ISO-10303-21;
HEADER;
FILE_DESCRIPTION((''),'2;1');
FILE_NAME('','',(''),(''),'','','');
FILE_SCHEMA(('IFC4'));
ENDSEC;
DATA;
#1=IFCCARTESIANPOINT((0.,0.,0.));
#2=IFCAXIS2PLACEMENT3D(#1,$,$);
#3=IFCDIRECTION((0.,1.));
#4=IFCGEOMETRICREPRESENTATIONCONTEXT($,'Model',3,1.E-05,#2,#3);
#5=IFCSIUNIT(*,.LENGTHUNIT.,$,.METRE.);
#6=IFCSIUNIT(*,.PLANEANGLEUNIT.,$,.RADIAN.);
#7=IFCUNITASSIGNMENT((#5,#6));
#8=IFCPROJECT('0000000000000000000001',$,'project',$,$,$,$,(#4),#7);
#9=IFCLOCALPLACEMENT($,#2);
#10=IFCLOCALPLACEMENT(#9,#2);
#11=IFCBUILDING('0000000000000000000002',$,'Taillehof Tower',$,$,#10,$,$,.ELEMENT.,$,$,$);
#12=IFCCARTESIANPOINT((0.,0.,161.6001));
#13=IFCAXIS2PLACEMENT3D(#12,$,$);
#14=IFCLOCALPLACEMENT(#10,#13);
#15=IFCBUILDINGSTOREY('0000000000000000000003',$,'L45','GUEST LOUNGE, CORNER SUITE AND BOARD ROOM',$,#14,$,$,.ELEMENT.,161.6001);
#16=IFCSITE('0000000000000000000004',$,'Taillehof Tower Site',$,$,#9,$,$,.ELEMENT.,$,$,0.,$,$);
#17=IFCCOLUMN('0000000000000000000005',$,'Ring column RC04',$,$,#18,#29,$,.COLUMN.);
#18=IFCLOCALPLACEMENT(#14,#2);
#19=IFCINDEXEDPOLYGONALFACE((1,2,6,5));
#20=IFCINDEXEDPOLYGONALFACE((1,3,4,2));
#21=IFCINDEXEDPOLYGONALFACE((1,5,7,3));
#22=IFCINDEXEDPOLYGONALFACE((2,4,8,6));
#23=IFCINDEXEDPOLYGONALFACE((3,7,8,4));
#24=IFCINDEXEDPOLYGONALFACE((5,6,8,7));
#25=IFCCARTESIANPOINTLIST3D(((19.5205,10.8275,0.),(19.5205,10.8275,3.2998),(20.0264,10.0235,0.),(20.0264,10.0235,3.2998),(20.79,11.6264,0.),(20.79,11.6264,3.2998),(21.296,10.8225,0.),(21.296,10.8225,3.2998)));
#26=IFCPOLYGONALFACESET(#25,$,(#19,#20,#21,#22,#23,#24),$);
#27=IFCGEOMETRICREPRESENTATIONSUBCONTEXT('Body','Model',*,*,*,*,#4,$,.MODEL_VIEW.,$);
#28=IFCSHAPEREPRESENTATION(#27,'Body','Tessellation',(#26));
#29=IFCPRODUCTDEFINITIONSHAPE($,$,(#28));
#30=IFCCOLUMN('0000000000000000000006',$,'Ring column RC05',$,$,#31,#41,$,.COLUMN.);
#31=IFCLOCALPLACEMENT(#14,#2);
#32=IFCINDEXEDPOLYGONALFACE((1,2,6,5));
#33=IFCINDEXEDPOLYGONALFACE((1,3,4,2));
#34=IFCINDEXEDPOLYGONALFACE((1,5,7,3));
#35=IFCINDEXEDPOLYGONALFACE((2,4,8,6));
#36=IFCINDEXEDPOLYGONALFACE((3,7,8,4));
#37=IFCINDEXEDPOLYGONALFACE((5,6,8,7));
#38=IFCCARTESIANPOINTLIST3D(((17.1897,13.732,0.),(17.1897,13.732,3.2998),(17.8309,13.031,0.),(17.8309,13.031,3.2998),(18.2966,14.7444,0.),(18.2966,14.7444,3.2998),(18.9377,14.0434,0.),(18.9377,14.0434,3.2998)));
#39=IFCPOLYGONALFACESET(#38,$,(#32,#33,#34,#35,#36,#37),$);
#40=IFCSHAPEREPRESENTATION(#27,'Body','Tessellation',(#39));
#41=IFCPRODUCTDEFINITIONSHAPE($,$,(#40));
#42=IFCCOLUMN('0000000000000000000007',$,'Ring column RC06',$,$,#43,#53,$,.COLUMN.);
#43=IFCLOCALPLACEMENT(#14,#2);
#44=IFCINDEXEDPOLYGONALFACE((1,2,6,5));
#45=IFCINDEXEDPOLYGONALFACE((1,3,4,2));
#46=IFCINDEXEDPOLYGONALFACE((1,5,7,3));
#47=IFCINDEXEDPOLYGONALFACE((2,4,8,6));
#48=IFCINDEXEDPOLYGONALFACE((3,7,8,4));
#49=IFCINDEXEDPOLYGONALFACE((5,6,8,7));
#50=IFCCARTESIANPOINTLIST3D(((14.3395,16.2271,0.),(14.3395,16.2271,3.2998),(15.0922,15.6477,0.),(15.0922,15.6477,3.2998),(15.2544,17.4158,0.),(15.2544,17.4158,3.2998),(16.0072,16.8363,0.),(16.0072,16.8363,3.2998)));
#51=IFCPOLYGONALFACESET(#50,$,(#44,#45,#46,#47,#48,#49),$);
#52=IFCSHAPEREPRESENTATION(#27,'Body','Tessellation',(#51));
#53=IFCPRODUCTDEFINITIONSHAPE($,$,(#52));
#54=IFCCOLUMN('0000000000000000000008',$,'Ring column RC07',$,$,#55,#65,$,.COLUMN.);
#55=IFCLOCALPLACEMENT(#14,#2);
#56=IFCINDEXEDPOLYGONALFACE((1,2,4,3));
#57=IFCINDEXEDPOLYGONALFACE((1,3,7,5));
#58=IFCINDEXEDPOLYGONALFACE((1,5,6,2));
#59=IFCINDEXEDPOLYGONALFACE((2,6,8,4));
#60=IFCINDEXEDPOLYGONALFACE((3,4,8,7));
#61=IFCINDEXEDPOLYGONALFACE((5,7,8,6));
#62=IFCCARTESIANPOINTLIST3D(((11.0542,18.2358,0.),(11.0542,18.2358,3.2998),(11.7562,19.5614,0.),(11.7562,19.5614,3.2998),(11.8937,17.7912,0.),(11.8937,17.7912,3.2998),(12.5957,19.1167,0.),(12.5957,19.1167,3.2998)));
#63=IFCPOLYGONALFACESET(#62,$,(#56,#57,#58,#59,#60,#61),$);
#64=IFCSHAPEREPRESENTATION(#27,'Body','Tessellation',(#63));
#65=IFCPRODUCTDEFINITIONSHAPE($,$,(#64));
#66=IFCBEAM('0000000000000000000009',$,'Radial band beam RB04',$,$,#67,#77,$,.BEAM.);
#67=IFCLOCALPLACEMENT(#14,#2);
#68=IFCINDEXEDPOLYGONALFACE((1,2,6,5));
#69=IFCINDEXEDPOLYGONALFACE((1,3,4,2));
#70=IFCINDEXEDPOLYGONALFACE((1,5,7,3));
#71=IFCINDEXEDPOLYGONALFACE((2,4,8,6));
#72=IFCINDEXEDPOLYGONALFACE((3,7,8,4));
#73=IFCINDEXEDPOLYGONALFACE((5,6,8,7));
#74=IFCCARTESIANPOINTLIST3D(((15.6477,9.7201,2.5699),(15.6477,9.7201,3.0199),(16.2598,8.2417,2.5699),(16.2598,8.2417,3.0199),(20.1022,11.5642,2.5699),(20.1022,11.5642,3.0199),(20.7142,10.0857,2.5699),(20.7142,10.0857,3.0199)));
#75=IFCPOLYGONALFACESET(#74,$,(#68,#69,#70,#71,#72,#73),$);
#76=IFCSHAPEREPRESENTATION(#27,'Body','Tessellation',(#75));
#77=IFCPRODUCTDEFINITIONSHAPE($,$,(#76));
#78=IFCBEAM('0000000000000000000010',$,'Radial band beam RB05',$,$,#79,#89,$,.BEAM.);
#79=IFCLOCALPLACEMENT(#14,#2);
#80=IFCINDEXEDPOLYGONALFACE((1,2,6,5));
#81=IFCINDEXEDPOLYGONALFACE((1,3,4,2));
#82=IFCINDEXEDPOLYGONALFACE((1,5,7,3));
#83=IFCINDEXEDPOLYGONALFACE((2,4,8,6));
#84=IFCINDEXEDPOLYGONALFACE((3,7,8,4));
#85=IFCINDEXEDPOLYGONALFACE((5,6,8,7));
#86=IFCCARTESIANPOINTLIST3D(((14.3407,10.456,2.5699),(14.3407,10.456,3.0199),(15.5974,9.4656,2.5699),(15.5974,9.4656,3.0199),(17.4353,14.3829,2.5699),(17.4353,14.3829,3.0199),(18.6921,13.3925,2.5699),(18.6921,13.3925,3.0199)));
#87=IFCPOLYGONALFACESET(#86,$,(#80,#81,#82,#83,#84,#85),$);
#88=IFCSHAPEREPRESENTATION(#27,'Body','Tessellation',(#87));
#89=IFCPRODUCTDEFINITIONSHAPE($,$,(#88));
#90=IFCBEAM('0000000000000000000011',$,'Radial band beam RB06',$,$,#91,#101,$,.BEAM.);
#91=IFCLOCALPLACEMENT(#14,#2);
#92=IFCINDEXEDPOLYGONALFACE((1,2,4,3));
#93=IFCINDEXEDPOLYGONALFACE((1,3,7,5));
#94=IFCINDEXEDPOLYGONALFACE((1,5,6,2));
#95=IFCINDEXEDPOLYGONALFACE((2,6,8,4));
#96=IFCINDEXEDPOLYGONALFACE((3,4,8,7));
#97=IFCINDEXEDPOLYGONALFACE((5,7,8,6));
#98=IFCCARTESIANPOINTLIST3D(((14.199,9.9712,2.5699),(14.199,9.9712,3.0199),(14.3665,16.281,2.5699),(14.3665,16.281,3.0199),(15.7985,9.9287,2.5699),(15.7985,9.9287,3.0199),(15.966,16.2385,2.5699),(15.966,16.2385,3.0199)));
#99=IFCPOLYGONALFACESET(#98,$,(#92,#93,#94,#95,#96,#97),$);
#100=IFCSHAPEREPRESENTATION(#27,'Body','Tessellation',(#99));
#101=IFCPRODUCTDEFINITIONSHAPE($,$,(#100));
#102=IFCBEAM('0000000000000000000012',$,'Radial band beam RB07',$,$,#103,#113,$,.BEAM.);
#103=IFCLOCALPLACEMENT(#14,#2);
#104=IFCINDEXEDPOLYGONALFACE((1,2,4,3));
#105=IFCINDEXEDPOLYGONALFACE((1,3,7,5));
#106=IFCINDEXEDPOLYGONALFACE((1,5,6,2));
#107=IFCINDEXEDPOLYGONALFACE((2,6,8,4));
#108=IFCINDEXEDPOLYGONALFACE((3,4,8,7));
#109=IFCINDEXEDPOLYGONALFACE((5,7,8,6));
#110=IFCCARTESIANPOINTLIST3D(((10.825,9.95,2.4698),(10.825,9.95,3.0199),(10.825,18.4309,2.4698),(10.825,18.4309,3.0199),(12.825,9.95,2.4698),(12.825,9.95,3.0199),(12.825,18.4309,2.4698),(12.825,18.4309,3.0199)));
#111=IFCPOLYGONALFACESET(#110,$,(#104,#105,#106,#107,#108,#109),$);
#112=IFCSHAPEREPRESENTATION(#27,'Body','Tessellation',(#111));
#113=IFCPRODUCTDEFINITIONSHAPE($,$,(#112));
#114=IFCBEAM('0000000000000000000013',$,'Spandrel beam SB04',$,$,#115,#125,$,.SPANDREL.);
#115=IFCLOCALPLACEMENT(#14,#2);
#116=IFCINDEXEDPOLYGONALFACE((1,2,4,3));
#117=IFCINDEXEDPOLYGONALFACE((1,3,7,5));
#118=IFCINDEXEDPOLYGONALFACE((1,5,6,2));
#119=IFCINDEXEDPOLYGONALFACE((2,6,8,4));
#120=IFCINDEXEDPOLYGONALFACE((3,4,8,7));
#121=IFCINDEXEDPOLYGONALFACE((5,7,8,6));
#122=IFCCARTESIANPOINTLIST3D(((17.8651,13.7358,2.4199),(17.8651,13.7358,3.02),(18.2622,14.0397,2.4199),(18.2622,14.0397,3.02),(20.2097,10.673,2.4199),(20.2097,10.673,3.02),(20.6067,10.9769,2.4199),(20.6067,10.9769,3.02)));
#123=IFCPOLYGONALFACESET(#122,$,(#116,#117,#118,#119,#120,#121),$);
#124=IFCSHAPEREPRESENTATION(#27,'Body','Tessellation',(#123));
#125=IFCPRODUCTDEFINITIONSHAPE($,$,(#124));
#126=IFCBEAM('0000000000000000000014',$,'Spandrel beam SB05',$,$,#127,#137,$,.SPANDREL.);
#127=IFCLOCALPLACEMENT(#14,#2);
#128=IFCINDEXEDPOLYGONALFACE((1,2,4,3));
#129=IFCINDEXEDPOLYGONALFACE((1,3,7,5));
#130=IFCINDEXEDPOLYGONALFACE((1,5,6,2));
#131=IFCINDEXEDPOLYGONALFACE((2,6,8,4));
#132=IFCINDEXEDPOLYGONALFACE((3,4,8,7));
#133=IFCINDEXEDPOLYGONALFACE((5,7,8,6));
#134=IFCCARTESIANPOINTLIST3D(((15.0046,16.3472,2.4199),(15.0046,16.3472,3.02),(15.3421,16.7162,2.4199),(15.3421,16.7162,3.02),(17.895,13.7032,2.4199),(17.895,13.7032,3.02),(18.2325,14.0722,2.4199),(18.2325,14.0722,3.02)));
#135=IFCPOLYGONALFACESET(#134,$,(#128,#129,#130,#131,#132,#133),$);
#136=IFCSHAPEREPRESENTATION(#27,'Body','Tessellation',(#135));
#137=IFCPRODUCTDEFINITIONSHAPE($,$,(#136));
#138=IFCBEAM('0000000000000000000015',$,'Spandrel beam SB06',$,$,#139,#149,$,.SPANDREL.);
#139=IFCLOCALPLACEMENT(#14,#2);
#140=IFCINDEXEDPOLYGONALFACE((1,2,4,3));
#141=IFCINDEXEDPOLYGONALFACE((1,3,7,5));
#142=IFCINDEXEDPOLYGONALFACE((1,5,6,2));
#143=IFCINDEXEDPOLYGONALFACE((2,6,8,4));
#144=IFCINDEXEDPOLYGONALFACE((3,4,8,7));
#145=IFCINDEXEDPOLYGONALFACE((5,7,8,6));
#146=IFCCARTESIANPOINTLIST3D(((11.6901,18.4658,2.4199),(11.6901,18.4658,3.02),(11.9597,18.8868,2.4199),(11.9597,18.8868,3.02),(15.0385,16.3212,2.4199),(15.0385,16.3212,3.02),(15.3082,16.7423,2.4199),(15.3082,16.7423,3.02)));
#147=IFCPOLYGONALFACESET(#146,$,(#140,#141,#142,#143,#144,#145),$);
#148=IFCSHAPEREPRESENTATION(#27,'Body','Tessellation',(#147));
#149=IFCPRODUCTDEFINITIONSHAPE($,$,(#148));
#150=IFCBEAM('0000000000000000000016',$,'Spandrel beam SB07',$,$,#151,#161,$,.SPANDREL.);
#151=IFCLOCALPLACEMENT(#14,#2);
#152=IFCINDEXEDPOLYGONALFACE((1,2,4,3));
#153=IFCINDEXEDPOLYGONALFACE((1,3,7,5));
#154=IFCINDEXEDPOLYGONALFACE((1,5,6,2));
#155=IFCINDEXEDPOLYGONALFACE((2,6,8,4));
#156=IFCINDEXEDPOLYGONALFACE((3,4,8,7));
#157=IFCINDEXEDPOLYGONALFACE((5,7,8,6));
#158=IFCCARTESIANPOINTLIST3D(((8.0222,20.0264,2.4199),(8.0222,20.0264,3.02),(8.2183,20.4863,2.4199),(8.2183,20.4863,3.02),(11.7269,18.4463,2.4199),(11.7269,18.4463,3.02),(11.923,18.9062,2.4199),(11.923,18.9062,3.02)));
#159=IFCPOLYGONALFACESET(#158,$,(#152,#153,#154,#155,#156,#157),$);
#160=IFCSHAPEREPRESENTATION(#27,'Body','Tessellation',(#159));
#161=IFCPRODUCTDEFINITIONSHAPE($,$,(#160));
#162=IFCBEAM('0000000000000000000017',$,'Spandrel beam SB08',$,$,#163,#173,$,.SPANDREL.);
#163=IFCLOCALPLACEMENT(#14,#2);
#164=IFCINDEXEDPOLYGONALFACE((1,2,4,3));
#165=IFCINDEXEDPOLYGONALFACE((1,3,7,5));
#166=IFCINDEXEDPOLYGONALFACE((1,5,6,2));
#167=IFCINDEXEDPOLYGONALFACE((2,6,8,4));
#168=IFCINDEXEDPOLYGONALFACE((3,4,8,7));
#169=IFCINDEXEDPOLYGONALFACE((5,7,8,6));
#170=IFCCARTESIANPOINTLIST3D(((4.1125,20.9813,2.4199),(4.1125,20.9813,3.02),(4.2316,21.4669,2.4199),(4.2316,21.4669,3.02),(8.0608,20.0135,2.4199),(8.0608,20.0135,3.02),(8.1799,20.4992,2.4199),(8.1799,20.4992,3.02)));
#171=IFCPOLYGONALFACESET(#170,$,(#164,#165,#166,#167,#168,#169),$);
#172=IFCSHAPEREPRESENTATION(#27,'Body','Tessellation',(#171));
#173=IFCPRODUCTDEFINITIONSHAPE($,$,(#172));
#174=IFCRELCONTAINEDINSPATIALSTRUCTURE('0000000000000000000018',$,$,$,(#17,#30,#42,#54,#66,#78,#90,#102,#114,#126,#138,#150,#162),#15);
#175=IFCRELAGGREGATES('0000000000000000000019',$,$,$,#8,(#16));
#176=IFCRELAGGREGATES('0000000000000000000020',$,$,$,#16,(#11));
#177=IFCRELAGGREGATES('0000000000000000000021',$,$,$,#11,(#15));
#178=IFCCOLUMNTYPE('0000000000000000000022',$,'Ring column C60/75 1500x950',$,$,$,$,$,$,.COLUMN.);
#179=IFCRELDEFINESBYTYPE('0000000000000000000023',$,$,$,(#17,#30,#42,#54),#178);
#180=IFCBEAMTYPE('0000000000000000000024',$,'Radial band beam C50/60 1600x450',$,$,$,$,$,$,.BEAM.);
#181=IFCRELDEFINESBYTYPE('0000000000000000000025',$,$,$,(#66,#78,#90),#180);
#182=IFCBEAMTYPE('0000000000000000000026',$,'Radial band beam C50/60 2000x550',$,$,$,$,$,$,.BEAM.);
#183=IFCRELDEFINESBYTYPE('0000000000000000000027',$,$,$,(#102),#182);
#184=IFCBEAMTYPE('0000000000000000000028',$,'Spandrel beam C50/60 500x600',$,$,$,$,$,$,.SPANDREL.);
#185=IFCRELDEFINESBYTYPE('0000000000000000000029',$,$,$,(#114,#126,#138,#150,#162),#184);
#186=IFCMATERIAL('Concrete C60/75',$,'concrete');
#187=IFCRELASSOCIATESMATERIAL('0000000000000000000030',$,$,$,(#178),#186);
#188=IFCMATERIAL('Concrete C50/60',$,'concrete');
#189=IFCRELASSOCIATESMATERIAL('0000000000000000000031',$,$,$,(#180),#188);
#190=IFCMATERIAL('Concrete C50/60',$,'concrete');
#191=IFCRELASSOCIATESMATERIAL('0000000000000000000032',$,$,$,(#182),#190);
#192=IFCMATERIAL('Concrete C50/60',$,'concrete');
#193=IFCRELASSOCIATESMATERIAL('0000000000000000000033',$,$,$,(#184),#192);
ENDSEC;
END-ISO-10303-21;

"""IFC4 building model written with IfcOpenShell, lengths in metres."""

from ifc_helpers import new_model, si_unit, direction, frame, origin, origin_2d, place, context, subcontext, project, spatial, rectangle, extrude, material, material_profile, profile_set, type_object, element, save


model = new_model("IFC4")

# Units and contexts
model_context = context("Model", 3, precision=1e-05, world=origin(), true_north=direction((0.0, 1.0)))
body_context = subcontext(model_context, "Body", "Model", "MODEL_VIEW")
ifc_project = project(units=[si_unit("LENGTHUNIT", "METRE"), si_unit("PLANEANGLEUNIT", "RADIAN")], contexts=[model_context])

# Site, building, storey
site_placement = place(None, origin())
site = spatial("IfcSite", under=ifc_project, at=site_placement, Name="Taillehof Tower Site", CompositionType="ELEMENT", RefElevation=0.0)
building_placement = place(site_placement, origin())
building = spatial("IfcBuilding", under=site, at=building_placement, Name="Taillehof Tower", CompositionType="ELEMENT")
storey_placement = place(building_placement, frame((0.0, 0.0, 161.6001)))
storey = spatial("IfcBuildingStorey", under=building, at=storey_placement, Name="L45", Description="GUEST LOUNGE, CORNER SUITE AND BOARD ROOM", CompositionType="ELEMENT", Elevation=161.6001)

# Columns
ifc_material_1 = material(Name="Concrete C60/75", Category="concrete")
ifc_material_profile_1 = material_profile(ifc_material_1, rectangle(XDim=1.5, YDim=0.95, at=origin_2d()), Name="RC 1500x950")
ifc_profile_set_1 = profile_set([ifc_material_profile_1], Name="Concrete C60/75")
column_type = type_object("IfcColumnType", Name="Ring column C60/75 1500x950", PredefinedType="COLUMN", material=ifc_profile_set_1)
for number, where, z_axis, x_axis, name in (
    (1, (20.4082, 10.825, 0.0), (0.0, 0.0, 1.0), (0.846334, 0.532652, 0.0), "Ring column RC04"),
    (2, (18.0637, 13.8877, 0.0), (0.0, 0.0, 1.0), (0.737879, 0.674933, 0.0), "Ring column RC05"),
    (3, (15.1733, 16.5317, 0.0), (0.0, 0.0, 1.0), (0.609971, 0.792424, 0.0), "Ring column RC06"),
    (4, (11.825, 18.6763, 0.0), (0.0, 0.0, 1.0), (0.468042, 0.883706, 0.0), "Ring column RC07"),
):
    element("IfcColumn", number, at=place(storey_placement, frame(where, z_axis=z_axis, x_axis=x_axis)), inside=storey, type_object=column_type, Name=name, PredefinedType="COLUMN", context=body_context, shape_type="SweptSolid", body=[
        extrude(rectangle(XDim=1.5, YDim=0.95, at=origin_2d()), origin(), (0.0, 0.0, 1.0), 3.2998),
    ])

# Beams
ifc_material_2 = material(Name="Concrete C50/60", Category="concrete")
ifc_material_profile_2 = material_profile(ifc_material_2, rectangle(XDim=1.6001, YDim=0.45, at=origin_2d()), Name="RC 1600x450")
ifc_profile_set_2 = profile_set([ifc_material_profile_2], Name="Concrete C50/60")
beam_type_1 = type_object("IfcBeamType", Name="Radial band beam C50/60 1600x450", PredefinedType="BEAM", material=ifc_profile_set_2)
beam_1_placement = place(storey_placement, frame((20.4082, 10.825, 2.7949), z_axis=(-0.923957, -0.382496, 0.0), x_axis=(0.382496, -0.923957, 0.0)))
element("IfcBeam", 5, at=beam_1_placement, inside=storey, type_object=beam_type_1, Name="Radial band beam RB04", PredefinedType="BEAM", context=body_context, shape_type="SweptSolid", body=[
    extrude(rectangle(XDim=1.6001, YDim=0.45, at=origin_2d()), origin(), (0.0, 0.0, 1.0), 4.821),
])
beam_2_placement = place(storey_placement, frame((18.0637, 13.8877, 2.7949), z_axis=(-0.618962, -0.785421, 0.0), x_axis=(0.785421, -0.618962, 0.0)))
element("IfcBeam", 6, at=beam_2_placement, inside=storey, type_object=beam_type_1, Name="Radial band beam RB05", PredefinedType="BEAM", context=body_context, shape_type="SweptSolid", body=[
    extrude(rectangle(XDim=1.6001, YDim=0.45, at=origin_2d()), origin(), (0.0, 0.0, 1.0), 4.9998),
])
beam_3_placement = place(storey_placement, frame((15.1663, 16.2598, 2.7949), z_axis=(-0.026534, -0.999648, 0.0), x_axis=(0.999648, -0.026534, 0.0)))
element("IfcBeam", 7, at=beam_3_placement, inside=storey, type_object=beam_type_1, Name="Radial band beam RB06", PredefinedType="BEAM", context=body_context, shape_type="SweptSolid", body=[
    extrude(rectangle(XDim=1.6001, YDim=0.45, at=origin_2d()), origin(), (0.0, 0.0, 1.0), 6.312),
])
ifc_material_3 = material(Name="Concrete C50/60", Category="concrete")
ifc_material_profile_3 = material_profile(ifc_material_3, rectangle(XDim=2.0, YDim=0.55, at=origin_2d()), Name="RC 2000x550")
ifc_profile_set_3 = profile_set([ifc_material_profile_3], Name="Concrete C50/60")
beam_type_2 = type_object("IfcBeamType", Name="Radial band beam C50/60 2000x550", PredefinedType="BEAM", material=ifc_profile_set_3)
beam_4_placement = place(storey_placement, frame((11.825, 18.4309, 2.7449), z_axis=(0.0, -1.0, 0.0), x_axis=(1.0, 0.0, 0.0)))
element("IfcBeam", 8, at=beam_4_placement, inside=storey, type_object=beam_type_2, Name="Radial band beam RB07", PredefinedType="BEAM", context=body_context, shape_type="SweptSolid", body=[
    extrude(rectangle(XDim=2.0, YDim=0.55, at=origin_2d()), origin(), (0.0, 0.0, 1.0), 8.481),
])
ifc_material_4 = material(Name="Concrete C50/60", Category="concrete")
ifc_material_profile_4 = material_profile(ifc_material_4, rectangle(XDim=0.5, YDim=0.6001, at=origin_2d()), Name="RC 500x600")
ifc_profile_set_4 = profile_set([ifc_material_profile_4], Name="Concrete C50/60")
beam_type_3 = type_object("IfcBeamType", Name="Spandrel beam C50/60 500x600", PredefinedType="SPANDREL", material=ifc_profile_set_4)
beam_5_placement = place(storey_placement, frame((20.4082, 10.825, 2.72), z_axis=(-0.60784, 0.794059, 0.0), x_axis=(-0.794059, -0.60784, 0.0)))
element("IfcBeam", 9, at=beam_5_placement, inside=storey, type_object=beam_type_3, Name="Spandrel beam SB04", PredefinedType="SPANDREL", context=body_context, shape_type="SweptSolid", body=[
    extrude(rectangle(XDim=0.5, YDim=0.6001, at=origin_2d()), origin(), (0.0, 0.0, 1.0), 3.8572),
])
beam_6_placement = place(storey_placement, frame((18.0637, 13.8877, 2.72), z_axis=(-0.73785, 0.674965, 0.0), x_axis=(-0.674965, -0.73785, 0.0)))
element("IfcBeam", 10, at=beam_6_placement, inside=storey, type_object=beam_type_3, Name="Spandrel beam SB05", PredefinedType="SPANDREL", context=body_context, shape_type="SweptSolid", body=[
    extrude(rectangle(XDim=0.5, YDim=0.6001, at=origin_2d()), origin(), (0.0, 0.0, 1.0), 3.9172),
])
beam_7_placement = place(storey_placement, frame((15.1733, 16.5317, 2.72), z_axis=(-0.842093, 0.539332, 0.0), x_axis=(-0.539332, -0.842093, 0.0)))
element("IfcBeam", 11, at=beam_7_placement, inside=storey, type_object=beam_type_3, Name="Spandrel beam SB06", PredefinedType="SPANDREL", context=body_context, shape_type="SweptSolid", body=[
    extrude(rectangle(XDim=0.5, YDim=0.6001, at=origin_2d()), origin(), (0.0, 0.0, 1.0), 3.9763),
])
beam_8_placement = place(storey_placement, frame((11.825, 18.6763, 2.72), z_axis=(-0.919827, 0.392324, 0.0), x_axis=(-0.392324, -0.919827, 0.0)))
element("IfcBeam", 12, at=beam_8_placement, inside=storey, type_object=beam_type_3, Name="Spandrel beam SB07", PredefinedType="SPANDREL", context=body_context, shape_type="SweptSolid", body=[
    extrude(rectangle(XDim=0.5, YDim=0.6001, at=origin_2d()), origin(), (0.0, 0.0, 1.0), 4.0276),
])
beam_9_placement = place(storey_placement, frame((8.1204, 20.2563, 2.72), z_axis=(-0.971249, 0.238068, 0.0), x_axis=(-0.238068, -0.971249, 0.0)))
element("IfcBeam", 13, at=beam_9_placement, inside=storey, type_object=beam_type_3, Name="Spandrel beam SB08", PredefinedType="SPANDREL", context=body_context, shape_type="SweptSolid", body=[
    extrude(rectangle(XDim=0.5, YDim=0.6001, at=origin_2d()), origin(), (0.0, 0.0, 1.0), 4.0652),
])

save(model, "model.ifc")
